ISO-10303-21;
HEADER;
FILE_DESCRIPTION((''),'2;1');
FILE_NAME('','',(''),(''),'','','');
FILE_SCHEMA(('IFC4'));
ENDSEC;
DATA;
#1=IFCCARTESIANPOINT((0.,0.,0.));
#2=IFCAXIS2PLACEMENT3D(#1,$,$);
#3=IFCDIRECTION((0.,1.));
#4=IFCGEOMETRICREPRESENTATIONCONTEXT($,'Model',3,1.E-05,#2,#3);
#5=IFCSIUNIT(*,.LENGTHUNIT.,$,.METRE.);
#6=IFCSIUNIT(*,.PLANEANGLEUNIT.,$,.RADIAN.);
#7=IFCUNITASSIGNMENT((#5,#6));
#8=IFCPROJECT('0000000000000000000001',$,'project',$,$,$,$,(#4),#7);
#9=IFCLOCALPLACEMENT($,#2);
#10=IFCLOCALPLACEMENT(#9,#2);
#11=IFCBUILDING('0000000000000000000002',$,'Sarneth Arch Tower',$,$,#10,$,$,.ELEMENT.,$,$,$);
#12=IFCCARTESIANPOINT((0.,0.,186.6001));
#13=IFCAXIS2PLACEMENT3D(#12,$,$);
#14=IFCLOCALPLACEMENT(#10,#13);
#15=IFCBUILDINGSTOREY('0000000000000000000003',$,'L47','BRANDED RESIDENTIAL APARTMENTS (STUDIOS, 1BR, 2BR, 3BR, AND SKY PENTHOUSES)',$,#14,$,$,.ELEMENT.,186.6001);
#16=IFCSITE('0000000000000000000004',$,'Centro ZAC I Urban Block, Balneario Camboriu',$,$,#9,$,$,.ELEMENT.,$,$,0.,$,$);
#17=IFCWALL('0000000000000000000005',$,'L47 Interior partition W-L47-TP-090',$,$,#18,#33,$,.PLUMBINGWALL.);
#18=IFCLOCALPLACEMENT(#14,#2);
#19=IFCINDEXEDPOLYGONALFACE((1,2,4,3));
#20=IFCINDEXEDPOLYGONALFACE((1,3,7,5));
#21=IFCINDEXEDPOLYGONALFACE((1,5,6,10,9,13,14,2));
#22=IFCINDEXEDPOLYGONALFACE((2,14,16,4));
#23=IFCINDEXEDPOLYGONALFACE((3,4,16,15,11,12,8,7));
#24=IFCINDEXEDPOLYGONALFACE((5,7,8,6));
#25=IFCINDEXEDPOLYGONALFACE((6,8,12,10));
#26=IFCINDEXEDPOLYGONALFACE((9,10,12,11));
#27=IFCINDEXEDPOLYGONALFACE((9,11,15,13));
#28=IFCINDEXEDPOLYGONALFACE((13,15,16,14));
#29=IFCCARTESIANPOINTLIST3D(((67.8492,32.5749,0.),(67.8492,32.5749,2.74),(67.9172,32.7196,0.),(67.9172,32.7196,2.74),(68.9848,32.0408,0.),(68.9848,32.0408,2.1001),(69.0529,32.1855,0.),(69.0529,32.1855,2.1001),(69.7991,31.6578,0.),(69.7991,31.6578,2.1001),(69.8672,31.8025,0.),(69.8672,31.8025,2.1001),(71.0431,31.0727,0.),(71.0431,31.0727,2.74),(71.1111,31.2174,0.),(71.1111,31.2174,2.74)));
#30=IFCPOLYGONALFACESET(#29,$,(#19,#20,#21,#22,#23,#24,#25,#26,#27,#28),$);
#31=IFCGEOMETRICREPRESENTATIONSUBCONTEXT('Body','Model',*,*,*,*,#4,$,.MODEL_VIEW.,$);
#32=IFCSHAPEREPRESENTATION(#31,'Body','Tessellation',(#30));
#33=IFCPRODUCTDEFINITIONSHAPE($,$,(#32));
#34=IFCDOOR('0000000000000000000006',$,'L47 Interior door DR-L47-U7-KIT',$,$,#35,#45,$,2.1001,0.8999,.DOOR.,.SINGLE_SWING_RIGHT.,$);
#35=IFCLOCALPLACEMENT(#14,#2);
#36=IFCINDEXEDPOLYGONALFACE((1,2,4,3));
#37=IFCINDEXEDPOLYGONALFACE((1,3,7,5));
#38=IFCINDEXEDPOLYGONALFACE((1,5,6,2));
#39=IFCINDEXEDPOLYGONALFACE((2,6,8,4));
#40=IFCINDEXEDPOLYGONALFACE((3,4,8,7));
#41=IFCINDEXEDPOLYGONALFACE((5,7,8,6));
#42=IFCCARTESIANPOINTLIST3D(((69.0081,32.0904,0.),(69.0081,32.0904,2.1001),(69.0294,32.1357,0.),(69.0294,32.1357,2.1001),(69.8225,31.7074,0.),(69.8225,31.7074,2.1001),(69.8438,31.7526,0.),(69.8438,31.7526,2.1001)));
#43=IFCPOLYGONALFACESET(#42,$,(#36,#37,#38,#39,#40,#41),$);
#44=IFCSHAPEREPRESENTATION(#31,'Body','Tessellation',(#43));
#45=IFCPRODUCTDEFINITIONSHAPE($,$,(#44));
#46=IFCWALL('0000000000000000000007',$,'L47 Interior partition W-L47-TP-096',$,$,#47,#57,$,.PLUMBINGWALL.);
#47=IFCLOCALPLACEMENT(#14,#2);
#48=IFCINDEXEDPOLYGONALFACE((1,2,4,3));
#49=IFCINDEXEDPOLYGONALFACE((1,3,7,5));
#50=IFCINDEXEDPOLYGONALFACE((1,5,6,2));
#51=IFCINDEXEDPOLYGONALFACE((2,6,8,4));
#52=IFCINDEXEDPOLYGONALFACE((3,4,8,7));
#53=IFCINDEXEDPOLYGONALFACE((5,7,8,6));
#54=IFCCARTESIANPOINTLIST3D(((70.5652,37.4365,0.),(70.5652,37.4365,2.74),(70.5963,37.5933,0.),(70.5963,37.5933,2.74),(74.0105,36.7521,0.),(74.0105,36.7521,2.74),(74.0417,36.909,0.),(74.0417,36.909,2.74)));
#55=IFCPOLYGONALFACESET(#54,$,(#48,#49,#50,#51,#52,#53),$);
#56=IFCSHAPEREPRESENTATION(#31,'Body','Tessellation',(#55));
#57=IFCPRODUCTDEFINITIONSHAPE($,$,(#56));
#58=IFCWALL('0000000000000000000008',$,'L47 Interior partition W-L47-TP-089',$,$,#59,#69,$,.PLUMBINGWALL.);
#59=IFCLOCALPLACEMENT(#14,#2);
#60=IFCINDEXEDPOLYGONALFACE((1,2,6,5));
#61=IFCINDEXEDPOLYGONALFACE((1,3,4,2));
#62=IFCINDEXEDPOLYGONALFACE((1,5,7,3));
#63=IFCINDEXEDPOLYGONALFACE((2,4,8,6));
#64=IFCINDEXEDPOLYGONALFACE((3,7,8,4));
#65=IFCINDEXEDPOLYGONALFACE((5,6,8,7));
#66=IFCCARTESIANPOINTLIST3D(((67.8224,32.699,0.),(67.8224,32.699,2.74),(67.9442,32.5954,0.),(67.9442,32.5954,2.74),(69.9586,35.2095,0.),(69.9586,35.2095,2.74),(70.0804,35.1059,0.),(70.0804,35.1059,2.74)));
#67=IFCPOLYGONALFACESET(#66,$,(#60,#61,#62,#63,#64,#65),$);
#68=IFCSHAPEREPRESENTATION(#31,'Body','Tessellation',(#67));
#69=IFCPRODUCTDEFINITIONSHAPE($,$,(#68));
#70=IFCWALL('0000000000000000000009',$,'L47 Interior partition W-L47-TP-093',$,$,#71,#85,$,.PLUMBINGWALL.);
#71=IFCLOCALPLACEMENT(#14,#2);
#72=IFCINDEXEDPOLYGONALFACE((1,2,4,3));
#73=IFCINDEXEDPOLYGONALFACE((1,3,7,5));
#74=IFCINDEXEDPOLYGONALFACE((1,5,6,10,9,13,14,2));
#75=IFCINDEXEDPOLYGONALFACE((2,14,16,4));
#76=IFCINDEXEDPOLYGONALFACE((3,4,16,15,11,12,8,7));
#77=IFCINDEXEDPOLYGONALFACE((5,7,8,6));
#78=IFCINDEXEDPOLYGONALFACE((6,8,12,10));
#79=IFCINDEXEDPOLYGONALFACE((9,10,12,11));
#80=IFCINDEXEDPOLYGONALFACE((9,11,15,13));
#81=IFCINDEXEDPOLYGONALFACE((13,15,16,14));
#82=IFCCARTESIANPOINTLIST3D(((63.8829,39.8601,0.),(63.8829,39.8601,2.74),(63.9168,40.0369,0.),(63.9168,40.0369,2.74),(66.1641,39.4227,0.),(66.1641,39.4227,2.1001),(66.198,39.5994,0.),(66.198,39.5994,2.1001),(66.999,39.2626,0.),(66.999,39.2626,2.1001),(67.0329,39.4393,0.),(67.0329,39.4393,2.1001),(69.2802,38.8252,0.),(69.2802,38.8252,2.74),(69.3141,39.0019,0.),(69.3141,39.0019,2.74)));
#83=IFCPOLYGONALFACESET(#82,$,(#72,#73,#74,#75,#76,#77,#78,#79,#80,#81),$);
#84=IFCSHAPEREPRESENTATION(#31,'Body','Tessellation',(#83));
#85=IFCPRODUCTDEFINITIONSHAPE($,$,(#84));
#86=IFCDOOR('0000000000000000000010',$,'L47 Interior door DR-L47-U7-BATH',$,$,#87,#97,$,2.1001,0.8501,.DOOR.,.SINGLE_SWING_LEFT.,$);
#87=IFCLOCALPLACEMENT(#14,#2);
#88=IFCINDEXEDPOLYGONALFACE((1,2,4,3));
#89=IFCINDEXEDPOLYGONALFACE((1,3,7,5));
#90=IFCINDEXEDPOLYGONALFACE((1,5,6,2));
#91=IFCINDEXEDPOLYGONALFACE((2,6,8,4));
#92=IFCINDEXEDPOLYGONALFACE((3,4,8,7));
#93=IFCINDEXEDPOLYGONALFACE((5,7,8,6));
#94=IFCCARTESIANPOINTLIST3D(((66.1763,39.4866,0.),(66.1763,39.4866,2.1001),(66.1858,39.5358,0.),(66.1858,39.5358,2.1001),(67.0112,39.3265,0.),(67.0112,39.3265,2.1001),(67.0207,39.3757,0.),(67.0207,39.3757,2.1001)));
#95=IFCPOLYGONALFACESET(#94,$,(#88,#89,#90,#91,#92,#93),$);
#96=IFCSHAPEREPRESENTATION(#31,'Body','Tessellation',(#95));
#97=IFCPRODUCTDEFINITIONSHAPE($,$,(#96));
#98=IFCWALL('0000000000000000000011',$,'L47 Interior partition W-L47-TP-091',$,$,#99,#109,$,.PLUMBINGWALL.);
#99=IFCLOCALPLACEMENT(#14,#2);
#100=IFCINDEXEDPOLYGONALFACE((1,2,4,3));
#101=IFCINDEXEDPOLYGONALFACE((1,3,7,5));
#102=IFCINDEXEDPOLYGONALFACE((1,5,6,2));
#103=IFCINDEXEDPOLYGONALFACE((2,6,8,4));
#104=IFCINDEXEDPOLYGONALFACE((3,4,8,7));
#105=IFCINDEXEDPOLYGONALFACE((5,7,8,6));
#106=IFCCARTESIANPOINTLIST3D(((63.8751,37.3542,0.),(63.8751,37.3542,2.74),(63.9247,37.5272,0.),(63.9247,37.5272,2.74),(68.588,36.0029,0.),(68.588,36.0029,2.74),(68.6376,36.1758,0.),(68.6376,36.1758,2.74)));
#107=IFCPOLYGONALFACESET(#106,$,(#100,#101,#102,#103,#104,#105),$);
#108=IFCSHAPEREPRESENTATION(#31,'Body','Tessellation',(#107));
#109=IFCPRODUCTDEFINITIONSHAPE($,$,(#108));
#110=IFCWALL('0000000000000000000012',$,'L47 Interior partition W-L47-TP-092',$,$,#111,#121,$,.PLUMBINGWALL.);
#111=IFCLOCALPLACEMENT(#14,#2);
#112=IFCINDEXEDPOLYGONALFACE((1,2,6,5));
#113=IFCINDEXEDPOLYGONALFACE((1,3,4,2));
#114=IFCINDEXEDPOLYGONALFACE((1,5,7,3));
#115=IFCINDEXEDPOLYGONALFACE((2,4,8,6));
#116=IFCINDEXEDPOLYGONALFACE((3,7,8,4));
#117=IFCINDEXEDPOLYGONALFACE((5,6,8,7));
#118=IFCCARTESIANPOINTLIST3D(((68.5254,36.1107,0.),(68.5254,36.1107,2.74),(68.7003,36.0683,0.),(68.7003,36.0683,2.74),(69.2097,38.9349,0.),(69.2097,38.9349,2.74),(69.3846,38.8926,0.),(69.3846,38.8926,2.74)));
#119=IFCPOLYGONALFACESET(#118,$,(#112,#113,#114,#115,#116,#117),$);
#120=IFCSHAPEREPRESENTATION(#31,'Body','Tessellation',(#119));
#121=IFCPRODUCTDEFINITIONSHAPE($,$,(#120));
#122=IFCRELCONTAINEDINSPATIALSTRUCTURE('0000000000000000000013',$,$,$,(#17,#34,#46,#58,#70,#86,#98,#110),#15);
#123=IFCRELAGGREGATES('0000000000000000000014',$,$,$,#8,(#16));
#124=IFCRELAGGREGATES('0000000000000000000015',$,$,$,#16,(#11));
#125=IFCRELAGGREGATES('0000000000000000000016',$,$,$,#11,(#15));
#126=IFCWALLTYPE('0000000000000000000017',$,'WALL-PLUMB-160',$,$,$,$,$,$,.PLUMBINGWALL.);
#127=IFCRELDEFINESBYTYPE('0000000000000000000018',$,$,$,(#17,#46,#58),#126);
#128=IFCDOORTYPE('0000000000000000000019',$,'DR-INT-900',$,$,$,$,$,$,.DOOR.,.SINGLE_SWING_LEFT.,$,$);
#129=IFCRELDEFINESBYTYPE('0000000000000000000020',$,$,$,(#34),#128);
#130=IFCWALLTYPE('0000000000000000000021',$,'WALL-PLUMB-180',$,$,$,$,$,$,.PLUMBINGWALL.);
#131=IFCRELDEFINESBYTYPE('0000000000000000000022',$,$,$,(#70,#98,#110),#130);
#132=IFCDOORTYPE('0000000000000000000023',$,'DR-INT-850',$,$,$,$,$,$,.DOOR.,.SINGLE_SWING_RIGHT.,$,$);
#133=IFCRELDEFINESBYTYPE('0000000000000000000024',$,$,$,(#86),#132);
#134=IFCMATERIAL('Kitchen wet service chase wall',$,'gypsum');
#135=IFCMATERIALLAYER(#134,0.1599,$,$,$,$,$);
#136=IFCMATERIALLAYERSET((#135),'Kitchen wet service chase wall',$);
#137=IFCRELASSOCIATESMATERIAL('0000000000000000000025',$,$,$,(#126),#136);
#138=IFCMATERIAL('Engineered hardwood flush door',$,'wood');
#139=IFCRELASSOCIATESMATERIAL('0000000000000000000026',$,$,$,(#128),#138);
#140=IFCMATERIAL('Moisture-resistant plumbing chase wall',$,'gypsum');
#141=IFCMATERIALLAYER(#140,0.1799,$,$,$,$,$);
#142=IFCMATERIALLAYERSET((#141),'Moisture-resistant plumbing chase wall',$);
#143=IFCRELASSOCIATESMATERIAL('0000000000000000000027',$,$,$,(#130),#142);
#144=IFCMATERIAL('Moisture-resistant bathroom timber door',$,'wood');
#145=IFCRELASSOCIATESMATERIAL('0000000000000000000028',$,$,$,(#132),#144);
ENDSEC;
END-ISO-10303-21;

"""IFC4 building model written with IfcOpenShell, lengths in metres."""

from ifc_helpers import new_model, si_unit, direction, frame, frame_2d, origin, place, context, subcontext, project, spatial, rectangle, extrude, material, layer, layer_set, type_object, element, fill, save


model = new_model("IFC4")

# Units and contexts
model_context = context("Model", 3, precision=1e-05, world=origin(), true_north=direction((0.0, 1.0)))
body_context = subcontext(model_context, "Body", "Model", "MODEL_VIEW")
ifc_project = project(units=[si_unit("LENGTHUNIT", "METRE"), si_unit("PLANEANGLEUNIT", "RADIAN")], contexts=[model_context])

# Site, building, storey
site_placement = place(None, origin())
site = spatial("IfcSite", under=ifc_project, at=site_placement, Name="Centro ZAC I Urban Block, Balneario Camboriu", CompositionType="ELEMENT", RefElevation=0.0)
building_placement = place(site_placement, origin())
building = spatial("IfcBuilding", under=site, at=building_placement, Name="Sarneth Arch Tower", CompositionType="ELEMENT")
storey_placement = place(building_placement, frame((0.0, 0.0, 186.6001)))
storey = spatial("IfcBuildingStorey", under=building, at=storey_placement, Name="L47", Description="BRANDED RESIDENTIAL APARTMENTS (STUDIOS, 1BR, 2BR, 3BR, AND SKY PENTHOUSES)", CompositionType="ELEMENT", Elevation=186.6001)

# Wall, opening, door
ifc_material_1 = material(Name="Kitchen wet service chase wall", Category="gypsum")
ifc_layer_1 = layer(ifc_material_1, 0.1599)
ifc_layer_set_1 = layer_set([ifc_layer_1], Name="Kitchen wet service chase wall")
wall_type_1 = type_object("IfcWallType", Name="WALL-PLUMB-160", PredefinedType="PLUMBINGWALL", material=ifc_layer_set_1)
wall_1_placement = place(storey_placement, frame((67.8833, 32.6472, 0.0), z_axis=(0.0, 0.0, 1.0), x_axis=(0.904905, -0.425614, 0.0)))
wall_1 = element("IfcWall", 1, at=wall_1_placement, inside=storey, type_object=wall_type_1, Name="L47 Interior partition W-L47-TP-090", PredefinedType="PLUMBINGWALL", context=body_context, shape_type="SweptSolid", body=[
    extrude(rectangle(XDim=3.5295, YDim=0.1599, at=frame_2d((1.7646, 0.0))), origin(), (0.0, 0.0, 1.0), 2.74),
])
opening_1_placement = place(wall_1_placement, frame((1.2549, 0.0, 0.0)))
opening_1 = element("IfcOpeningElement", 2, at=opening_1_placement, cuts=wall_1, PredefinedType="OPENING", context=body_context, shape_type="SweptSolid", body=[
    extrude(rectangle(XDim=0.8999, YDim=2.1001, at=frame_2d((0.45, 1.05))), frame((0.0, 0.0898, 0.0), z_axis=(0.0, -1.0, 0.0), x_axis=(1.0, 0.0, 0.0)), (0.0, 0.0, 1.0), 0.1799),
])
ifc_material_2 = material(Name="Engineered hardwood flush door", Category="wood")
door_type_1 = type_object("IfcDoorType", Name="DR-INT-900", OperationType="SINGLE_SWING_LEFT", PredefinedType="DOOR", material=ifc_material_2)
door_1_placement = place(opening_1_placement, origin())
door_1 = element("IfcDoor", 3, at=door_1_placement, inside=storey, type_object=door_type_1, Name="L47 Interior door DR-L47-U7-KIT", OperationType="SINGLE_SWING_RIGHT", OverallHeight=2.1001, OverallWidth=0.8999, PredefinedType="DOOR", context=body_context, shape_type="SweptSolid", body=[
    extrude(rectangle(XDim=0.8999, YDim=2.1001, at=frame_2d((0.45, 1.05))), frame((0.0, 0.0249, 0.0), z_axis=(0.0, -1.0, 0.0), x_axis=(1.0, 0.0, 0.0)), (0.0, 0.0, 1.0), 0.05),
])
fill(opening_1, door_1)

# Walls
wall_2_placement = place(storey_placement, frame((74.0261, 36.8306, 0.0), z_axis=(0.0, 0.0, 1.0), x_axis=(-0.980839, 0.194819, 0.0)))
element("IfcWall", 4, at=wall_2_placement, inside=storey, type_object=wall_type_1, Name="L47 Interior partition W-L47-TP-096", PredefinedType="PLUMBINGWALL", context=body_context, shape_type="SweptSolid", body=[
    extrude(rectangle(XDim=3.5127, YDim=0.1599, at=frame_2d((1.7563, 0.0))), origin(), (0.0, 0.0, 1.0), 2.74),
])
wall_3_placement = place(storey_placement, frame((70.0195, 35.1577, 0.0), z_axis=(0.0, 0.0, 1.0), x_axis=(-0.648055, -0.761594, 0.0)))
element("IfcWall", 5, at=wall_3_placement, inside=storey, type_object=wall_type_1, Name="L47 Interior partition W-L47-TP-089", PredefinedType="PLUMBINGWALL", context=body_context, shape_type="SweptSolid", body=[
    extrude(rectangle(XDim=3.2964, YDim=0.1599, at=frame_2d((1.6482, 0.0))), origin(), (0.0, 0.0, 1.0), 2.74),
])

# Wall, opening, door
ifc_material_3 = material(Name="Moisture-resistant plumbing chase wall", Category="gypsum")
ifc_layer_2 = layer(ifc_material_3, 0.1799)
ifc_layer_set_2 = layer_set([ifc_layer_2], Name="Moisture-resistant plumbing chase wall")
wall_type_2 = type_object("IfcWallType", Name="WALL-PLUMB-180", PredefinedType="PLUMBINGWALL", material=ifc_layer_set_2)
wall_4_placement = place(storey_placement, frame((69.2971, 38.9136, 0.0), z_axis=(0.0, 0.0, 1.0), x_axis=(-0.982108, 0.188318, 0.0)))
wall_4 = element("IfcWall", 6, at=wall_4_placement, inside=storey, type_object=wall_type_2, Name="L47 Interior partition W-L47-TP-093", PredefinedType="PLUMBINGWALL", context=body_context, shape_type="SweptSolid", body=[
    extrude(rectangle(XDim=5.4956, YDim=0.1799, at=frame_2d((2.7478, 0.0))), origin(), (0.0, 0.0, 1.0), 2.74),
])
opening_2_placement = place(wall_4_placement, frame((2.3228, 0.0, 0.0)))
opening_2 = element("IfcOpeningElement", 7, at=opening_2_placement, cuts=wall_4, PredefinedType="OPENING", context=body_context, shape_type="SweptSolid", body=[
    extrude(rectangle(XDim=0.8501, YDim=2.1001, at=frame_2d((0.425, 1.05))), frame((0.0, 0.0999, 0.0), z_axis=(0.0, -1.0, 0.0), x_axis=(1.0, 0.0, 0.0)), (0.0, 0.0, 1.0), 0.2),
])
ifc_material_4 = material(Name="Moisture-resistant bathroom timber door", Category="wood")
door_type_2 = type_object("IfcDoorType", Name="DR-INT-850", OperationType="SINGLE_SWING_RIGHT", PredefinedType="DOOR", material=ifc_material_4)
door_2_placement = place(opening_2_placement, origin())
door_2 = element("IfcDoor", 8, at=door_2_placement, inside=storey, type_object=door_type_2, Name="L47 Interior door DR-L47-U7-BATH", OperationType="SINGLE_SWING_LEFT", OverallHeight=2.1001, OverallWidth=0.8501, PredefinedType="DOOR", context=body_context, shape_type="SweptSolid", body=[
    extrude(rectangle(XDim=0.8501, YDim=2.1001, at=frame_2d((0.425, 1.05))), frame((0.0, 0.0249, 0.0), z_axis=(0.0, -1.0, 0.0), x_axis=(1.0, 0.0, 0.0)), (0.0, 0.0, 1.0), 0.05),
])
fill(opening_2, door_2)

# Walls
wall_5_placement = place(storey_placement, frame((63.8999, 37.4407, 0.0), z_axis=(0.0, 0.0, 1.0), x_axis=(0.961266, -0.275622, 0.0)))
element("IfcWall", 9, at=wall_5_placement, inside=storey, type_object=wall_type_2, Name="L47 Interior partition W-L47-TP-091", PredefinedType="PLUMBINGWALL", context=body_context, shape_type="SweptSolid", body=[
    extrude(rectangle(XDim=4.9028, YDim=0.1799, at=frame_2d((2.4514, 0.0))), origin(), (0.0, 0.0, 1.0), 2.74),
])
wall_6_placement = place(storey_placement, frame((68.6128, 36.0894, 0.0), z_axis=(0.0, 0.0, 1.0), x_axis=(0.235492, 0.971876, 0.0)))
element("IfcWall", 10, at=wall_6_placement, inside=storey, type_object=wall_type_2, Name="L47 Interior partition W-L47-TP-092", PredefinedType="PLUMBINGWALL", context=body_context, shape_type="SweptSolid", body=[
    extrude(rectangle(XDim=2.906, YDim=0.1799, at=frame_2d((1.4531, 0.0))), origin(), (0.0, 0.0, 1.0), 2.74),
])

save(model, "model.ifc")
